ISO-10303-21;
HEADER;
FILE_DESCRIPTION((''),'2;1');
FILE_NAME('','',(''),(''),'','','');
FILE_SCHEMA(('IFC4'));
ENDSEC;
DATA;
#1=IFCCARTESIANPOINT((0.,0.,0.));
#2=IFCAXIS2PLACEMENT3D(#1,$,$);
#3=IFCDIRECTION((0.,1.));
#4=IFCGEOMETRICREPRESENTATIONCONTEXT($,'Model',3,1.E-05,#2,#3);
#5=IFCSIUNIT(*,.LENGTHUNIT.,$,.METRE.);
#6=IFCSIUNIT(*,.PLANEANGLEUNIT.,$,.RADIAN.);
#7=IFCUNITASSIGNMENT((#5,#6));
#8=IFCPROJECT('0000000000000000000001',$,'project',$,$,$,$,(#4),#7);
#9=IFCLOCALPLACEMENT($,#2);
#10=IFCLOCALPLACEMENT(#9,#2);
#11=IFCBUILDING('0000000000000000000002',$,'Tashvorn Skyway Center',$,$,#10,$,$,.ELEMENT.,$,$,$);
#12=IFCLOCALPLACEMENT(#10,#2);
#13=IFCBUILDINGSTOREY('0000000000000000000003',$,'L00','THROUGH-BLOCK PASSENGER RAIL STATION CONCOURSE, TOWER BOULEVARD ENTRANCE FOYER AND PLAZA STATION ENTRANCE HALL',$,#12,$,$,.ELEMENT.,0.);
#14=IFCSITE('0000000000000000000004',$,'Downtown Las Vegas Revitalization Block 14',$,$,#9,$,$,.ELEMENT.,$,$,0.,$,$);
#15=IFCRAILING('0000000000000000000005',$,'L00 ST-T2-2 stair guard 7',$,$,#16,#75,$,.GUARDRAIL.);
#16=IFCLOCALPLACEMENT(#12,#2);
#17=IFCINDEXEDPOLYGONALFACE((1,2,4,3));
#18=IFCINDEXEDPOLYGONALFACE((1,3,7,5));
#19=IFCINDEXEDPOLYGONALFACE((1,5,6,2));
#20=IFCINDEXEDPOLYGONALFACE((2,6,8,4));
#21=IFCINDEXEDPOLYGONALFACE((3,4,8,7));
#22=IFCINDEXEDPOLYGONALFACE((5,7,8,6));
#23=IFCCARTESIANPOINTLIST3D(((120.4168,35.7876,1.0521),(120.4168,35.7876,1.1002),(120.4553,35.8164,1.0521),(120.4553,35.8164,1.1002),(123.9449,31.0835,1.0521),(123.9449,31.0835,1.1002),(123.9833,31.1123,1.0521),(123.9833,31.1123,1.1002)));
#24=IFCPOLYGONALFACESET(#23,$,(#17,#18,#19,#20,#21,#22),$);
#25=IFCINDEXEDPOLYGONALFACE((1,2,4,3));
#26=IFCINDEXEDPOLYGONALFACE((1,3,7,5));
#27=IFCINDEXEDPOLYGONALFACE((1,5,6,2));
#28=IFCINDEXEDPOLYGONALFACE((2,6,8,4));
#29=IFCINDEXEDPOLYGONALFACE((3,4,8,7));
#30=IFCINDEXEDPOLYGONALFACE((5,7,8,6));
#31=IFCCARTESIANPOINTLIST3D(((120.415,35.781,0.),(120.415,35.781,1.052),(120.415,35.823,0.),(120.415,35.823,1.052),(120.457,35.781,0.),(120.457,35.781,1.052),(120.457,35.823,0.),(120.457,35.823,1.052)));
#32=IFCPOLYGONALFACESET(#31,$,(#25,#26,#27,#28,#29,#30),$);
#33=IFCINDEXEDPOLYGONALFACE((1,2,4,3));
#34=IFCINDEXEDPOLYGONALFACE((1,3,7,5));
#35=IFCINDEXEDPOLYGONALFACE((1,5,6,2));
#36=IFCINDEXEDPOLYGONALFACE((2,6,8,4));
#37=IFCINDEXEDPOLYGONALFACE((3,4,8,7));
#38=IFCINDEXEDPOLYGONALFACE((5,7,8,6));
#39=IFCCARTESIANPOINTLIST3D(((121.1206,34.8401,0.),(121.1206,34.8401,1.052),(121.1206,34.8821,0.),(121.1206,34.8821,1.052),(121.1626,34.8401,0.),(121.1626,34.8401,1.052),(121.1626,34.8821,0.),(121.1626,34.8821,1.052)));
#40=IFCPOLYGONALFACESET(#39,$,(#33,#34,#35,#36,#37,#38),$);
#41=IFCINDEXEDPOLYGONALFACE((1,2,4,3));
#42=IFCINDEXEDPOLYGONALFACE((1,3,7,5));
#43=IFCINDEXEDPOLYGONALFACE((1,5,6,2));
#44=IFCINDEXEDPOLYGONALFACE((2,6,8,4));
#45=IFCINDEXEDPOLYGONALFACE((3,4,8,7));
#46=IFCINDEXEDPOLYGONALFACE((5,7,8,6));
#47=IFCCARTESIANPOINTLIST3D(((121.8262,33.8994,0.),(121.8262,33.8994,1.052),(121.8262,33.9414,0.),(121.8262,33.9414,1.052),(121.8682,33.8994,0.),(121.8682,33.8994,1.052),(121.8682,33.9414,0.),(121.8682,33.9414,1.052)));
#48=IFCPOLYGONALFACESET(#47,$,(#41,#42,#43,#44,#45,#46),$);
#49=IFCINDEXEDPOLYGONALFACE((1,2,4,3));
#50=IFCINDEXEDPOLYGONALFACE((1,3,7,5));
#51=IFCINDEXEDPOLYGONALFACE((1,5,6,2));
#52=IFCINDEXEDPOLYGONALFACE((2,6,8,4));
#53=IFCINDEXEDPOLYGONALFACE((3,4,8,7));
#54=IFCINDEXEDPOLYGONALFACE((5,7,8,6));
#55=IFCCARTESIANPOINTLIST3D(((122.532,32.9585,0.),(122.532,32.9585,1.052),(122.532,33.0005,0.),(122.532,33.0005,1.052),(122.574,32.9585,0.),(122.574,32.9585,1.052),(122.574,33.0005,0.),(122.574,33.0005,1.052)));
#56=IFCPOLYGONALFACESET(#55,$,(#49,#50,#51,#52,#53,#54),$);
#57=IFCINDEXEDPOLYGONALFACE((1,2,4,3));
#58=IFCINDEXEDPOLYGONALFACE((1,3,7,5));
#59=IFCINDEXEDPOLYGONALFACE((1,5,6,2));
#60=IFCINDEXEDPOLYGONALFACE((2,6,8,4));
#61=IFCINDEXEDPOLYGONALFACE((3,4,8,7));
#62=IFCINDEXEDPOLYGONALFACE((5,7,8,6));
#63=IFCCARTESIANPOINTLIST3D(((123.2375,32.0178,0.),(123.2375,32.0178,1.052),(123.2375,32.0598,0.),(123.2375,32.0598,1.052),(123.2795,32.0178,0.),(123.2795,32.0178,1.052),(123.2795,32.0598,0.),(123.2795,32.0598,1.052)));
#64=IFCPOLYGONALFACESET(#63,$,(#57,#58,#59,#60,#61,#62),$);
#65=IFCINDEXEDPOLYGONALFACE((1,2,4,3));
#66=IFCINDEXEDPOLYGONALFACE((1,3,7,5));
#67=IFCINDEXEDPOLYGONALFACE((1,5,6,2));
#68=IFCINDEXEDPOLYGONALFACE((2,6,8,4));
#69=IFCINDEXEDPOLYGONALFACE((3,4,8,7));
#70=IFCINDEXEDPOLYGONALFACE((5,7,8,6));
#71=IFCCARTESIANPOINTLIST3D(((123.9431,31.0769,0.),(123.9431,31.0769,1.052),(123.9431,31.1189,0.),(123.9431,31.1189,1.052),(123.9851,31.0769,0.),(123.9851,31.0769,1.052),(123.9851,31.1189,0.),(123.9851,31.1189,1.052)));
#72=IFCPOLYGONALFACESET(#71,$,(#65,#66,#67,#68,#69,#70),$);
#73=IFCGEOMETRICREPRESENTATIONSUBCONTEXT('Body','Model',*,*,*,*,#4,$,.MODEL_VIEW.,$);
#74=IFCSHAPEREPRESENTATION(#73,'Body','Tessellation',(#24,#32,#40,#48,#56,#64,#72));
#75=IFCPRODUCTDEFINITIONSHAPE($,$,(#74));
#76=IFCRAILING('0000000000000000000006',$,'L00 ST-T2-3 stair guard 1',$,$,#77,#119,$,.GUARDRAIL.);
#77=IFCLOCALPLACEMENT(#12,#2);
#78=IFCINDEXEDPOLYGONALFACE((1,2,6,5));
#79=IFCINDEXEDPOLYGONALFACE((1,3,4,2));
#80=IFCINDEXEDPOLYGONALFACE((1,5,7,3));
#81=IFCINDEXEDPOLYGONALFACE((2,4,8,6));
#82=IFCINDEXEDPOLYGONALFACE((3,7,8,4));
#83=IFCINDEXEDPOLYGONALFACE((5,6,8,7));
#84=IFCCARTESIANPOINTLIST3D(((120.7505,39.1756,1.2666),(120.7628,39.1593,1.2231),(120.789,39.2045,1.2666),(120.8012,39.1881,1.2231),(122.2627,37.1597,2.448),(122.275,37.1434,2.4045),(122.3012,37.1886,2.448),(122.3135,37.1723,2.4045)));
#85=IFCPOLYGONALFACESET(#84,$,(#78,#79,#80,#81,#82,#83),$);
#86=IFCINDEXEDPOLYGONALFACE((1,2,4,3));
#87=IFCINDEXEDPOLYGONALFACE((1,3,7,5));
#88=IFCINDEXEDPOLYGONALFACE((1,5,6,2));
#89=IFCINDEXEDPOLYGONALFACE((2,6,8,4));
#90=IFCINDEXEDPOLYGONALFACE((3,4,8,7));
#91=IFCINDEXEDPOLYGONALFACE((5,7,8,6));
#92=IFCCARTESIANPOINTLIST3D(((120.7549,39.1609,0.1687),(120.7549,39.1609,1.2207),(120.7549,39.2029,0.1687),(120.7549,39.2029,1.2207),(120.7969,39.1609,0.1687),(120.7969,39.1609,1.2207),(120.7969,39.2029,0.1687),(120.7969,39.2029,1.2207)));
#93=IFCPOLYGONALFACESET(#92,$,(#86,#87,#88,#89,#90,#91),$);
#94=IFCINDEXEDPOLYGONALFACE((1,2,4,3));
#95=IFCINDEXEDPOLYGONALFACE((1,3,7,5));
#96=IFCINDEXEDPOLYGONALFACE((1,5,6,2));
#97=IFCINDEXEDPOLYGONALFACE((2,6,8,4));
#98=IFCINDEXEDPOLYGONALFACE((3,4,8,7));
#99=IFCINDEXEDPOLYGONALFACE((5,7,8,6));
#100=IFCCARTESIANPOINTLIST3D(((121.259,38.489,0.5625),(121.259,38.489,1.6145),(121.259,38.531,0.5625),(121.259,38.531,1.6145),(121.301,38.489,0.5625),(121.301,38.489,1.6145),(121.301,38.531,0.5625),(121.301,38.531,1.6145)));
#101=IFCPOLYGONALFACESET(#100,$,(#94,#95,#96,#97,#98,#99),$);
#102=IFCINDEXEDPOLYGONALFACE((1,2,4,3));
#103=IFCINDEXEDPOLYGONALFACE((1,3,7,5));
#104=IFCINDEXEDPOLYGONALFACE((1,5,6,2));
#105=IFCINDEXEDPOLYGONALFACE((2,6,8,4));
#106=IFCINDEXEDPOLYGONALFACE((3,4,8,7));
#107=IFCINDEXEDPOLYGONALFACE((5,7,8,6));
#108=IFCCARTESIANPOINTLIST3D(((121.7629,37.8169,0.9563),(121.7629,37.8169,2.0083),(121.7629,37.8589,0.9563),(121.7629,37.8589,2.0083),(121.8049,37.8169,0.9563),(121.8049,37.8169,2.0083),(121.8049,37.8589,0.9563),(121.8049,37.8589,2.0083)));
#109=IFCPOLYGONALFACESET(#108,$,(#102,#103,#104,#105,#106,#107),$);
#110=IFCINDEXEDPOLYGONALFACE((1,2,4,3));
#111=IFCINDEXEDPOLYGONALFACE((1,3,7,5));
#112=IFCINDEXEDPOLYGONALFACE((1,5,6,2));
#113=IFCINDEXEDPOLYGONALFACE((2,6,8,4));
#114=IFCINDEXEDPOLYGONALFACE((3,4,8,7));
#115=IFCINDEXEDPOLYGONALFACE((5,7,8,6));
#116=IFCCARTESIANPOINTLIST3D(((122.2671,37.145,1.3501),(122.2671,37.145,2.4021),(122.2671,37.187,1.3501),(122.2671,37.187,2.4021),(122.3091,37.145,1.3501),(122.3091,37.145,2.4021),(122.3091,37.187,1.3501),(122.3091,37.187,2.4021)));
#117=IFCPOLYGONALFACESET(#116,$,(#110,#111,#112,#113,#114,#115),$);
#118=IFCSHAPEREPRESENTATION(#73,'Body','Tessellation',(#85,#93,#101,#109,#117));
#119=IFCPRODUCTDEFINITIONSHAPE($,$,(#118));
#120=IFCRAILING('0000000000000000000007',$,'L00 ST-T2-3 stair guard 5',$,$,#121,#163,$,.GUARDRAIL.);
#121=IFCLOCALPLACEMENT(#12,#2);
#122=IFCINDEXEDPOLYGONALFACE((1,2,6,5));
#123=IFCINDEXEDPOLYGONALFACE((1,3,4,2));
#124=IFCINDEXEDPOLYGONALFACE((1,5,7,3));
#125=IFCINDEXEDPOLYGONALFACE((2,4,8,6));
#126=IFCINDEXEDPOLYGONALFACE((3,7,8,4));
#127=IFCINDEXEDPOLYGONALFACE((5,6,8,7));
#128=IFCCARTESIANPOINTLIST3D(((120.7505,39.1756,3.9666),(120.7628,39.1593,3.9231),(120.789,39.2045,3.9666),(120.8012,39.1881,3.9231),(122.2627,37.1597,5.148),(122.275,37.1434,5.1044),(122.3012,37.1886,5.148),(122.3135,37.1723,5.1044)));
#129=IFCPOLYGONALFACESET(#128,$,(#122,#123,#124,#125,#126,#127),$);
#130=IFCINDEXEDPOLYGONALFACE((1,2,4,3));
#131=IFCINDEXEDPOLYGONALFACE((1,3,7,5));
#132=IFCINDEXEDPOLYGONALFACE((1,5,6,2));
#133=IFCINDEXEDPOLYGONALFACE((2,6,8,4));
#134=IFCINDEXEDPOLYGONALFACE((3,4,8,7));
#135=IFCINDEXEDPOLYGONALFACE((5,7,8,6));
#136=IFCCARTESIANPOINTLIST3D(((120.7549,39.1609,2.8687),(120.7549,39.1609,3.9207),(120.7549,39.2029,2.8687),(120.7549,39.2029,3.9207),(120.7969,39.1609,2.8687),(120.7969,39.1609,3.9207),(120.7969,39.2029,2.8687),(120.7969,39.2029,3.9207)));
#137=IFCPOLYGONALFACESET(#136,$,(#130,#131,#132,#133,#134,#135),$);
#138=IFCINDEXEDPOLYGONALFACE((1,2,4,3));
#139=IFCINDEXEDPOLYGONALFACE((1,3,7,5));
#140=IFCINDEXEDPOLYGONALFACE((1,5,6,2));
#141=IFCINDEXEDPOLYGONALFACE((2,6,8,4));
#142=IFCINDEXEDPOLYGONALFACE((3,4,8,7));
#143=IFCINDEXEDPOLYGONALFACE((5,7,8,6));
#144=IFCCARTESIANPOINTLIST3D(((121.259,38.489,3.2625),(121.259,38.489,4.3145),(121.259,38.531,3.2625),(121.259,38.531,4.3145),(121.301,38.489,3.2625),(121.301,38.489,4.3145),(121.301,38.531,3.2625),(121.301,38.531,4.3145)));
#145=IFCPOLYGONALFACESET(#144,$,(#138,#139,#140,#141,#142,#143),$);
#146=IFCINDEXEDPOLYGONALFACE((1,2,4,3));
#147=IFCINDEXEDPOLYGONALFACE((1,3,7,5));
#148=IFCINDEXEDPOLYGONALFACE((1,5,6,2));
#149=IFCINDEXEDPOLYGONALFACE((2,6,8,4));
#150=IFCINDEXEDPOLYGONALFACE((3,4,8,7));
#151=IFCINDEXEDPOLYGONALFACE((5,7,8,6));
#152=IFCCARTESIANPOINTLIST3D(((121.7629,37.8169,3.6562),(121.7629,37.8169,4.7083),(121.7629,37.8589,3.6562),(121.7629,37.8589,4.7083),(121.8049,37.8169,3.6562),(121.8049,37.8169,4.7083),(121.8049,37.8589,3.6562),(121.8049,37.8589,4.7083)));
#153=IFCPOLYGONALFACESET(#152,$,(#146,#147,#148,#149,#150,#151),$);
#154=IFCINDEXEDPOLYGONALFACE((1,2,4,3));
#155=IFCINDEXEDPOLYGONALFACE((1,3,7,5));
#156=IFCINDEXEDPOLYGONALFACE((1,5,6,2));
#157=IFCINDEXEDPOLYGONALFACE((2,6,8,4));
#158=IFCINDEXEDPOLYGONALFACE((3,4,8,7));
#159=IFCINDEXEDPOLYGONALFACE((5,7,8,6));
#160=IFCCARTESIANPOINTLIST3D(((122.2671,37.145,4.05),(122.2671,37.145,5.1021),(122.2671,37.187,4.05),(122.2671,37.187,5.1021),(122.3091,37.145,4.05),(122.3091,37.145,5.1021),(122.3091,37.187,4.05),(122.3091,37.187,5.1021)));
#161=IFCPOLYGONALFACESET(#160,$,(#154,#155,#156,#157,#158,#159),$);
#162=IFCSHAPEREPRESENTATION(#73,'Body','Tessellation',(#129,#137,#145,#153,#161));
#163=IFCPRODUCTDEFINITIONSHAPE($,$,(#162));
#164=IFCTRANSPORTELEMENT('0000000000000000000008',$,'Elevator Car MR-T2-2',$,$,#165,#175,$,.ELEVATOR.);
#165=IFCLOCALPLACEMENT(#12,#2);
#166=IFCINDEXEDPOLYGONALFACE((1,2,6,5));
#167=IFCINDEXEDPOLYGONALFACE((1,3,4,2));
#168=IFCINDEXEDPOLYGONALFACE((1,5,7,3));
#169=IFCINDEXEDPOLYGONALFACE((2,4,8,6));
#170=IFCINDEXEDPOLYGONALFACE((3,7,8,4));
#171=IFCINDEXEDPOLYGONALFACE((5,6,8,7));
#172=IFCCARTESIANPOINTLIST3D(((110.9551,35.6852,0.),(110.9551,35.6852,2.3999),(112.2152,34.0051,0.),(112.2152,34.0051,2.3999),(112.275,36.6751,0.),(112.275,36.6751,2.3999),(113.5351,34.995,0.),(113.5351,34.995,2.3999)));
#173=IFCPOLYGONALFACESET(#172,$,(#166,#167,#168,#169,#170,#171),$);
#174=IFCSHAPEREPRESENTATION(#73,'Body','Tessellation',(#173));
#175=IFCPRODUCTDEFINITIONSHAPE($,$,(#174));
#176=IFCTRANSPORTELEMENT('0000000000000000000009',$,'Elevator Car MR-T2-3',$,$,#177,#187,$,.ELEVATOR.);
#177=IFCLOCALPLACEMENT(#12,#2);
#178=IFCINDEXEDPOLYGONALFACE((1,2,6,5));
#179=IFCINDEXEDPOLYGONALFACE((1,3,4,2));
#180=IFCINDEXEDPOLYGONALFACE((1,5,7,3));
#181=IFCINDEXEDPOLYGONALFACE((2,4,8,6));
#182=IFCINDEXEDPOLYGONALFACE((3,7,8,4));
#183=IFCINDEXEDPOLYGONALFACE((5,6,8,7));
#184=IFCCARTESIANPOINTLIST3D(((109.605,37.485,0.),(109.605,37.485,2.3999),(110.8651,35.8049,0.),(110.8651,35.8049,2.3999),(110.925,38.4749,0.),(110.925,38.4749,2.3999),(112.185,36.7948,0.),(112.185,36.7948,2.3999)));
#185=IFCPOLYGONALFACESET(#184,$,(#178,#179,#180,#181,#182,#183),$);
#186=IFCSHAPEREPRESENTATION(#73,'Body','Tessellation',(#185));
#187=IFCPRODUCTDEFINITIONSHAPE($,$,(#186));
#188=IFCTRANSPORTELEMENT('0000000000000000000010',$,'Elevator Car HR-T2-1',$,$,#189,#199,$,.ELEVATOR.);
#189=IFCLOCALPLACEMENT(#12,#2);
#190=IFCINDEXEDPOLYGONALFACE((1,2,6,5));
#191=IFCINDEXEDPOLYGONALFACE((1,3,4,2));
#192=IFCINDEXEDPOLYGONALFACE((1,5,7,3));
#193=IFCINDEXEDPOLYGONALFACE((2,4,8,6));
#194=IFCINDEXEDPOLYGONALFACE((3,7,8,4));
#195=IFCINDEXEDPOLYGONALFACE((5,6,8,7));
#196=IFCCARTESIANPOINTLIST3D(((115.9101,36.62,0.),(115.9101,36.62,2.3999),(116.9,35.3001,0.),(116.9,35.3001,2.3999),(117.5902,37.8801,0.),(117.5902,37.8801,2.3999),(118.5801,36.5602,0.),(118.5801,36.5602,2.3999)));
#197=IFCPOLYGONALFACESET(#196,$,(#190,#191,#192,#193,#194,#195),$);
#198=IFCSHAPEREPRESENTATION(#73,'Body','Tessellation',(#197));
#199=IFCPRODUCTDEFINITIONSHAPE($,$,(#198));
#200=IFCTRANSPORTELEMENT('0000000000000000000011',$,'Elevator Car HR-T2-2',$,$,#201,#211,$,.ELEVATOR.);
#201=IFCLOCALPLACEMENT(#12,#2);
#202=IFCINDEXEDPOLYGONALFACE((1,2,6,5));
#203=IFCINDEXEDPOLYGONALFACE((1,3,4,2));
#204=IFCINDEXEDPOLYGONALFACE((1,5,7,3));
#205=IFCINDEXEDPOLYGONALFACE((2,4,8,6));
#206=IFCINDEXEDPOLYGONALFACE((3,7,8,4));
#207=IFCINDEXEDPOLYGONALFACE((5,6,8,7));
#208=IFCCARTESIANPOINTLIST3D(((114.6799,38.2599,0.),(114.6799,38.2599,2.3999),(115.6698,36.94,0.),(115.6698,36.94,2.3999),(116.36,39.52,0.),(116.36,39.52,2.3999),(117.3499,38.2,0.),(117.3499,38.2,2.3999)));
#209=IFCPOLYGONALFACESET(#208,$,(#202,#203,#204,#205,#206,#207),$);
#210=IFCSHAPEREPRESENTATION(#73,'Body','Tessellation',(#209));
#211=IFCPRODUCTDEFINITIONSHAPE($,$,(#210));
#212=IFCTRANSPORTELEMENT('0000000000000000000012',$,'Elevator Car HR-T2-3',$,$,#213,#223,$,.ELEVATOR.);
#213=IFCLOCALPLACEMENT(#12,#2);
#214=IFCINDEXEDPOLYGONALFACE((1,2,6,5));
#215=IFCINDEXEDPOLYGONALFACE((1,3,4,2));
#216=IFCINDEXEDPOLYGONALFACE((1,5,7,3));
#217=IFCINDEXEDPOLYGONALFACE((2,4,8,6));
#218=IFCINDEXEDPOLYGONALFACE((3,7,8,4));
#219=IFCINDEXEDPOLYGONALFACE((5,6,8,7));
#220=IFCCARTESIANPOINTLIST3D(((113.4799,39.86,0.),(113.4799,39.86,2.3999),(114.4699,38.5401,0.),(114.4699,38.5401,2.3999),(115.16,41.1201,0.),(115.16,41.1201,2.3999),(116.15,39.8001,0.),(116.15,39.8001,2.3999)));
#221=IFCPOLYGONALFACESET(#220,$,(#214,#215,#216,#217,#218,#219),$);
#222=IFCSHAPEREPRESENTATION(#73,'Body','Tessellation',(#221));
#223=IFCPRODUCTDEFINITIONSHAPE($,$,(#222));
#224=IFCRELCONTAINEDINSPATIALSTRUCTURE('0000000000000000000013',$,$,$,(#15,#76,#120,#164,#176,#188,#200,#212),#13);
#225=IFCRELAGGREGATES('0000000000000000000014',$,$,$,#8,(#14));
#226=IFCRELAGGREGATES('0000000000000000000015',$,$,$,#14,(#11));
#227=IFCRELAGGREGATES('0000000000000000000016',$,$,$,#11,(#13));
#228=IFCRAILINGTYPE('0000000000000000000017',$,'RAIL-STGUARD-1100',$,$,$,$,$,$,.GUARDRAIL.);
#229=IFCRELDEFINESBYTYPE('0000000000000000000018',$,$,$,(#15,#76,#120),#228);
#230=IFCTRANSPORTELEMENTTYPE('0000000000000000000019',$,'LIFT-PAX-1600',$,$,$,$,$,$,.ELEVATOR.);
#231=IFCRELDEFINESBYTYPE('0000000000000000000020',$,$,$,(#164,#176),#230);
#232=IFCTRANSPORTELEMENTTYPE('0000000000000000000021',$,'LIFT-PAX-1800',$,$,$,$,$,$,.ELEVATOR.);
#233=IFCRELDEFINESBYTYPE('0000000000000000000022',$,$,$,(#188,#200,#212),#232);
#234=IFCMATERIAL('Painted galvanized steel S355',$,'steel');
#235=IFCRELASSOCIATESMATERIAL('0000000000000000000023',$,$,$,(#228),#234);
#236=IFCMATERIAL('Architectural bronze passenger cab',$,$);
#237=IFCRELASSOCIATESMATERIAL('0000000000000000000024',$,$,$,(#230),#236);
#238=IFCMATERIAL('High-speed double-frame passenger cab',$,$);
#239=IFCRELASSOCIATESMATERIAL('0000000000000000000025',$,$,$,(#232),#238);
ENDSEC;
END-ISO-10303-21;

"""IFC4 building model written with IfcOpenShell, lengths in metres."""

from ifc_helpers import new_model, si_unit, direction, frame, origin, origin_2d, place, context, subcontext, project, spatial, rectangle, extrude, material, type_object, element, save


model = new_model("IFC4")

# Units and contexts
model_context = context("Model", 3, precision=1e-05, world=origin(), true_north=direction((0.0, 1.0)))
body_context = subcontext(model_context, "Body", "Model", "MODEL_VIEW")
ifc_project = project(units=[si_unit("LENGTHUNIT", "METRE"), si_unit("PLANEANGLEUNIT", "RADIAN")], contexts=[model_context])

# Site, building, storey
site_placement = place(None, origin())
site = spatial("IfcSite", under=ifc_project, at=site_placement, Name="Downtown Las Vegas Revitalization Block 14", CompositionType="ELEMENT", RefElevation=0.0)
building_placement = place(site_placement, origin())
building = spatial("IfcBuilding", under=site, at=building_placement, Name="Tashvorn Skyway Center", CompositionType="ELEMENT")
storey_placement = place(building_placement, origin())
storey = spatial("IfcBuildingStorey", under=building, at=storey_placement, Name="L00", Description="THROUGH-BLOCK PASSENGER RAIL STATION CONCOURSE, TOWER BOULEVARD ENTRANCE FOYER AND PLAZA STATION ENTRANCE HALL", CompositionType="ELEMENT", Elevation=0.0)

# Railings
ifc_material_1 = material(Name="Painted galvanized steel S355", Category="steel")
railing_type_1 = type_object("IfcRailingType", Name="RAIL-STGUARD-1100", PredefinedType="GUARDRAIL", material=ifc_material_1)
railing_1_placement = place(storey_placement, frame((120.436, 35.802, 0.0)))
element("IfcRailing", 1, at=railing_1_placement, inside=storey, type_object=railing_type_1, Name="L00 ST-T2-2 stair guard 7", PredefinedType="GUARDRAIL", context=body_context, shape_type="SweptSolid", body=[
    extrude(rectangle(XDim=0.0481, YDim=0.0481, at=origin_2d()), frame((0.0, 0.0, 1.0762), z_axis=(0.6, -0.8, 0.0), x_axis=(0.8, 0.6, 0.0)), (0.0, 0.0, 1.0), 5.8801),
    extrude(rectangle(XDim=0.042, YDim=0.042, at=origin_2d()), origin(), (0.0, 0.0, 1.0), 1.052),
    extrude(rectangle(XDim=0.042, YDim=0.042, at=origin_2d()), frame((0.7056, -0.9409, 0.0)), (0.0, 0.0, 1.0), 1.052),
    extrude(rectangle(XDim=0.042, YDim=0.042, at=origin_2d()), frame((1.4111, -1.8816, 0.0)), (0.0, 0.0, 1.0), 1.052),
    extrude(rectangle(XDim=0.042, YDim=0.042, at=origin_2d()), frame((2.1169, -2.8225, 0.0)), (0.0, 0.0, 1.0), 1.052),
    extrude(rectangle(XDim=0.042, YDim=0.042, at=origin_2d()), frame((2.8225, -3.7632, 0.0)), (0.0, 0.0, 1.0), 1.052),
    extrude(rectangle(XDim=0.042, YDim=0.042, at=origin_2d()), frame((3.5281, -4.7041, 0.0)), (0.0, 0.0, 1.0), 1.052),
])
for number, where, name in (
    (2, (120.7759, 39.1819, 0.1687), "L00 ST-T2-3 stair guard 1"),
    (3, (120.7759, 39.1819, 2.8687), "L00 ST-T2-3 stair guard 5"),
):
    element("IfcRailing", number, at=place(storey_placement, frame(where)), inside=storey, type_object=railing_type_1, Name=name, PredefinedType="GUARDRAIL", context=body_context, shape_type="SweptSolid", body=[
        extrude(rectangle(XDim=0.0481, YDim=0.0481, at=origin_2d()), frame((0.0, 0.0, 1.0762), z_axis=(0.543334, -0.724299, 0.424474), x_axis=(0.799942, 0.600078, 0.0)), (0.0, 0.0, 1.0), 2.7832),
        extrude(rectangle(XDim=0.042, YDim=0.042, at=origin_2d()), origin(), (0.0, 0.0, 1.0), 1.052),
        extrude(rectangle(XDim=0.042, YDim=0.042, at=origin_2d()), frame((0.5042, -0.6719, 0.3938)), (0.0, 0.0, 1.0), 1.052),
        extrude(rectangle(XDim=0.042, YDim=0.042, at=origin_2d()), frame((1.0081, -1.344, 0.7876)), (0.0, 0.0, 1.0), 1.052),
        extrude(rectangle(XDim=0.042, YDim=0.042, at=origin_2d()), frame((1.5122, -2.0159, 1.1814)), (0.0, 0.0, 1.0), 1.052),
    ])

# Transport elements
ifc_material_2 = material(Name="Architectural bronze passenger cab")
transport_element_type_1 = type_object("IfcTransportElementType", Name="LIFT-PAX-1600", PredefinedType="ELEVATOR", material=ifc_material_2)
for number, where, z_axis, x_axis, name in (
    (4, (112.2451, 35.3401, 0.0), (0.0, 0.0, 1.0), (0.8, 0.6, 0.0), "Elevator Car MR-T2-2"),
    (5, (110.895, 37.1399, 0.0), (0.0, 0.0, 1.0), (0.8, 0.6, 0.0), "Elevator Car MR-T2-3"),
):
    element("IfcTransportElement", number, at=place(storey_placement, frame(where, z_axis=z_axis, x_axis=x_axis)), inside=storey, type_object=transport_element_type_1, Name=name, PredefinedType="ELEVATOR", context=body_context, shape_type="SweptSolid", body=[
        extrude(rectangle(XDim=1.6499, YDim=2.1001, at=origin_2d()), origin(), (0.0, 0.0, 1.0), 2.3999),
    ])
ifc_material_3 = material(Name="High-speed double-frame passenger cab")
transport_element_type_2 = type_object("IfcTransportElementType", Name="LIFT-PAX-1800", PredefinedType="ELEVATOR", material=ifc_material_3)
for number, where, z_axis, x_axis, name in (
    (6, (117.2451, 36.5901, 0.0), (0.0, 0.0, 1.0), (0.8, 0.6, 0.0), "Elevator Car HR-T2-1"),
    (7, (116.0149, 38.23, 0.0), (0.0, 0.0, 1.0), (0.8, 0.6, 0.0), "Elevator Car HR-T2-2"),
    (8, (114.8149, 39.8301, 0.0), (0.0, 0.0, 1.0), (0.8, 0.6, 0.0), "Elevator Car HR-T2-3"),
):
    element("IfcTransportElement", number, at=place(storey_placement, frame(where, z_axis=z_axis, x_axis=x_axis)), inside=storey, type_object=transport_element_type_2, Name=name, PredefinedType="ELEVATOR", context=body_context, shape_type="SweptSolid", body=[
        extrude(rectangle(XDim=2.1001, YDim=1.6499, at=origin_2d()), origin(), (0.0, 0.0, 1.0), 2.3999),
    ])

save(model, "model.ifc")
